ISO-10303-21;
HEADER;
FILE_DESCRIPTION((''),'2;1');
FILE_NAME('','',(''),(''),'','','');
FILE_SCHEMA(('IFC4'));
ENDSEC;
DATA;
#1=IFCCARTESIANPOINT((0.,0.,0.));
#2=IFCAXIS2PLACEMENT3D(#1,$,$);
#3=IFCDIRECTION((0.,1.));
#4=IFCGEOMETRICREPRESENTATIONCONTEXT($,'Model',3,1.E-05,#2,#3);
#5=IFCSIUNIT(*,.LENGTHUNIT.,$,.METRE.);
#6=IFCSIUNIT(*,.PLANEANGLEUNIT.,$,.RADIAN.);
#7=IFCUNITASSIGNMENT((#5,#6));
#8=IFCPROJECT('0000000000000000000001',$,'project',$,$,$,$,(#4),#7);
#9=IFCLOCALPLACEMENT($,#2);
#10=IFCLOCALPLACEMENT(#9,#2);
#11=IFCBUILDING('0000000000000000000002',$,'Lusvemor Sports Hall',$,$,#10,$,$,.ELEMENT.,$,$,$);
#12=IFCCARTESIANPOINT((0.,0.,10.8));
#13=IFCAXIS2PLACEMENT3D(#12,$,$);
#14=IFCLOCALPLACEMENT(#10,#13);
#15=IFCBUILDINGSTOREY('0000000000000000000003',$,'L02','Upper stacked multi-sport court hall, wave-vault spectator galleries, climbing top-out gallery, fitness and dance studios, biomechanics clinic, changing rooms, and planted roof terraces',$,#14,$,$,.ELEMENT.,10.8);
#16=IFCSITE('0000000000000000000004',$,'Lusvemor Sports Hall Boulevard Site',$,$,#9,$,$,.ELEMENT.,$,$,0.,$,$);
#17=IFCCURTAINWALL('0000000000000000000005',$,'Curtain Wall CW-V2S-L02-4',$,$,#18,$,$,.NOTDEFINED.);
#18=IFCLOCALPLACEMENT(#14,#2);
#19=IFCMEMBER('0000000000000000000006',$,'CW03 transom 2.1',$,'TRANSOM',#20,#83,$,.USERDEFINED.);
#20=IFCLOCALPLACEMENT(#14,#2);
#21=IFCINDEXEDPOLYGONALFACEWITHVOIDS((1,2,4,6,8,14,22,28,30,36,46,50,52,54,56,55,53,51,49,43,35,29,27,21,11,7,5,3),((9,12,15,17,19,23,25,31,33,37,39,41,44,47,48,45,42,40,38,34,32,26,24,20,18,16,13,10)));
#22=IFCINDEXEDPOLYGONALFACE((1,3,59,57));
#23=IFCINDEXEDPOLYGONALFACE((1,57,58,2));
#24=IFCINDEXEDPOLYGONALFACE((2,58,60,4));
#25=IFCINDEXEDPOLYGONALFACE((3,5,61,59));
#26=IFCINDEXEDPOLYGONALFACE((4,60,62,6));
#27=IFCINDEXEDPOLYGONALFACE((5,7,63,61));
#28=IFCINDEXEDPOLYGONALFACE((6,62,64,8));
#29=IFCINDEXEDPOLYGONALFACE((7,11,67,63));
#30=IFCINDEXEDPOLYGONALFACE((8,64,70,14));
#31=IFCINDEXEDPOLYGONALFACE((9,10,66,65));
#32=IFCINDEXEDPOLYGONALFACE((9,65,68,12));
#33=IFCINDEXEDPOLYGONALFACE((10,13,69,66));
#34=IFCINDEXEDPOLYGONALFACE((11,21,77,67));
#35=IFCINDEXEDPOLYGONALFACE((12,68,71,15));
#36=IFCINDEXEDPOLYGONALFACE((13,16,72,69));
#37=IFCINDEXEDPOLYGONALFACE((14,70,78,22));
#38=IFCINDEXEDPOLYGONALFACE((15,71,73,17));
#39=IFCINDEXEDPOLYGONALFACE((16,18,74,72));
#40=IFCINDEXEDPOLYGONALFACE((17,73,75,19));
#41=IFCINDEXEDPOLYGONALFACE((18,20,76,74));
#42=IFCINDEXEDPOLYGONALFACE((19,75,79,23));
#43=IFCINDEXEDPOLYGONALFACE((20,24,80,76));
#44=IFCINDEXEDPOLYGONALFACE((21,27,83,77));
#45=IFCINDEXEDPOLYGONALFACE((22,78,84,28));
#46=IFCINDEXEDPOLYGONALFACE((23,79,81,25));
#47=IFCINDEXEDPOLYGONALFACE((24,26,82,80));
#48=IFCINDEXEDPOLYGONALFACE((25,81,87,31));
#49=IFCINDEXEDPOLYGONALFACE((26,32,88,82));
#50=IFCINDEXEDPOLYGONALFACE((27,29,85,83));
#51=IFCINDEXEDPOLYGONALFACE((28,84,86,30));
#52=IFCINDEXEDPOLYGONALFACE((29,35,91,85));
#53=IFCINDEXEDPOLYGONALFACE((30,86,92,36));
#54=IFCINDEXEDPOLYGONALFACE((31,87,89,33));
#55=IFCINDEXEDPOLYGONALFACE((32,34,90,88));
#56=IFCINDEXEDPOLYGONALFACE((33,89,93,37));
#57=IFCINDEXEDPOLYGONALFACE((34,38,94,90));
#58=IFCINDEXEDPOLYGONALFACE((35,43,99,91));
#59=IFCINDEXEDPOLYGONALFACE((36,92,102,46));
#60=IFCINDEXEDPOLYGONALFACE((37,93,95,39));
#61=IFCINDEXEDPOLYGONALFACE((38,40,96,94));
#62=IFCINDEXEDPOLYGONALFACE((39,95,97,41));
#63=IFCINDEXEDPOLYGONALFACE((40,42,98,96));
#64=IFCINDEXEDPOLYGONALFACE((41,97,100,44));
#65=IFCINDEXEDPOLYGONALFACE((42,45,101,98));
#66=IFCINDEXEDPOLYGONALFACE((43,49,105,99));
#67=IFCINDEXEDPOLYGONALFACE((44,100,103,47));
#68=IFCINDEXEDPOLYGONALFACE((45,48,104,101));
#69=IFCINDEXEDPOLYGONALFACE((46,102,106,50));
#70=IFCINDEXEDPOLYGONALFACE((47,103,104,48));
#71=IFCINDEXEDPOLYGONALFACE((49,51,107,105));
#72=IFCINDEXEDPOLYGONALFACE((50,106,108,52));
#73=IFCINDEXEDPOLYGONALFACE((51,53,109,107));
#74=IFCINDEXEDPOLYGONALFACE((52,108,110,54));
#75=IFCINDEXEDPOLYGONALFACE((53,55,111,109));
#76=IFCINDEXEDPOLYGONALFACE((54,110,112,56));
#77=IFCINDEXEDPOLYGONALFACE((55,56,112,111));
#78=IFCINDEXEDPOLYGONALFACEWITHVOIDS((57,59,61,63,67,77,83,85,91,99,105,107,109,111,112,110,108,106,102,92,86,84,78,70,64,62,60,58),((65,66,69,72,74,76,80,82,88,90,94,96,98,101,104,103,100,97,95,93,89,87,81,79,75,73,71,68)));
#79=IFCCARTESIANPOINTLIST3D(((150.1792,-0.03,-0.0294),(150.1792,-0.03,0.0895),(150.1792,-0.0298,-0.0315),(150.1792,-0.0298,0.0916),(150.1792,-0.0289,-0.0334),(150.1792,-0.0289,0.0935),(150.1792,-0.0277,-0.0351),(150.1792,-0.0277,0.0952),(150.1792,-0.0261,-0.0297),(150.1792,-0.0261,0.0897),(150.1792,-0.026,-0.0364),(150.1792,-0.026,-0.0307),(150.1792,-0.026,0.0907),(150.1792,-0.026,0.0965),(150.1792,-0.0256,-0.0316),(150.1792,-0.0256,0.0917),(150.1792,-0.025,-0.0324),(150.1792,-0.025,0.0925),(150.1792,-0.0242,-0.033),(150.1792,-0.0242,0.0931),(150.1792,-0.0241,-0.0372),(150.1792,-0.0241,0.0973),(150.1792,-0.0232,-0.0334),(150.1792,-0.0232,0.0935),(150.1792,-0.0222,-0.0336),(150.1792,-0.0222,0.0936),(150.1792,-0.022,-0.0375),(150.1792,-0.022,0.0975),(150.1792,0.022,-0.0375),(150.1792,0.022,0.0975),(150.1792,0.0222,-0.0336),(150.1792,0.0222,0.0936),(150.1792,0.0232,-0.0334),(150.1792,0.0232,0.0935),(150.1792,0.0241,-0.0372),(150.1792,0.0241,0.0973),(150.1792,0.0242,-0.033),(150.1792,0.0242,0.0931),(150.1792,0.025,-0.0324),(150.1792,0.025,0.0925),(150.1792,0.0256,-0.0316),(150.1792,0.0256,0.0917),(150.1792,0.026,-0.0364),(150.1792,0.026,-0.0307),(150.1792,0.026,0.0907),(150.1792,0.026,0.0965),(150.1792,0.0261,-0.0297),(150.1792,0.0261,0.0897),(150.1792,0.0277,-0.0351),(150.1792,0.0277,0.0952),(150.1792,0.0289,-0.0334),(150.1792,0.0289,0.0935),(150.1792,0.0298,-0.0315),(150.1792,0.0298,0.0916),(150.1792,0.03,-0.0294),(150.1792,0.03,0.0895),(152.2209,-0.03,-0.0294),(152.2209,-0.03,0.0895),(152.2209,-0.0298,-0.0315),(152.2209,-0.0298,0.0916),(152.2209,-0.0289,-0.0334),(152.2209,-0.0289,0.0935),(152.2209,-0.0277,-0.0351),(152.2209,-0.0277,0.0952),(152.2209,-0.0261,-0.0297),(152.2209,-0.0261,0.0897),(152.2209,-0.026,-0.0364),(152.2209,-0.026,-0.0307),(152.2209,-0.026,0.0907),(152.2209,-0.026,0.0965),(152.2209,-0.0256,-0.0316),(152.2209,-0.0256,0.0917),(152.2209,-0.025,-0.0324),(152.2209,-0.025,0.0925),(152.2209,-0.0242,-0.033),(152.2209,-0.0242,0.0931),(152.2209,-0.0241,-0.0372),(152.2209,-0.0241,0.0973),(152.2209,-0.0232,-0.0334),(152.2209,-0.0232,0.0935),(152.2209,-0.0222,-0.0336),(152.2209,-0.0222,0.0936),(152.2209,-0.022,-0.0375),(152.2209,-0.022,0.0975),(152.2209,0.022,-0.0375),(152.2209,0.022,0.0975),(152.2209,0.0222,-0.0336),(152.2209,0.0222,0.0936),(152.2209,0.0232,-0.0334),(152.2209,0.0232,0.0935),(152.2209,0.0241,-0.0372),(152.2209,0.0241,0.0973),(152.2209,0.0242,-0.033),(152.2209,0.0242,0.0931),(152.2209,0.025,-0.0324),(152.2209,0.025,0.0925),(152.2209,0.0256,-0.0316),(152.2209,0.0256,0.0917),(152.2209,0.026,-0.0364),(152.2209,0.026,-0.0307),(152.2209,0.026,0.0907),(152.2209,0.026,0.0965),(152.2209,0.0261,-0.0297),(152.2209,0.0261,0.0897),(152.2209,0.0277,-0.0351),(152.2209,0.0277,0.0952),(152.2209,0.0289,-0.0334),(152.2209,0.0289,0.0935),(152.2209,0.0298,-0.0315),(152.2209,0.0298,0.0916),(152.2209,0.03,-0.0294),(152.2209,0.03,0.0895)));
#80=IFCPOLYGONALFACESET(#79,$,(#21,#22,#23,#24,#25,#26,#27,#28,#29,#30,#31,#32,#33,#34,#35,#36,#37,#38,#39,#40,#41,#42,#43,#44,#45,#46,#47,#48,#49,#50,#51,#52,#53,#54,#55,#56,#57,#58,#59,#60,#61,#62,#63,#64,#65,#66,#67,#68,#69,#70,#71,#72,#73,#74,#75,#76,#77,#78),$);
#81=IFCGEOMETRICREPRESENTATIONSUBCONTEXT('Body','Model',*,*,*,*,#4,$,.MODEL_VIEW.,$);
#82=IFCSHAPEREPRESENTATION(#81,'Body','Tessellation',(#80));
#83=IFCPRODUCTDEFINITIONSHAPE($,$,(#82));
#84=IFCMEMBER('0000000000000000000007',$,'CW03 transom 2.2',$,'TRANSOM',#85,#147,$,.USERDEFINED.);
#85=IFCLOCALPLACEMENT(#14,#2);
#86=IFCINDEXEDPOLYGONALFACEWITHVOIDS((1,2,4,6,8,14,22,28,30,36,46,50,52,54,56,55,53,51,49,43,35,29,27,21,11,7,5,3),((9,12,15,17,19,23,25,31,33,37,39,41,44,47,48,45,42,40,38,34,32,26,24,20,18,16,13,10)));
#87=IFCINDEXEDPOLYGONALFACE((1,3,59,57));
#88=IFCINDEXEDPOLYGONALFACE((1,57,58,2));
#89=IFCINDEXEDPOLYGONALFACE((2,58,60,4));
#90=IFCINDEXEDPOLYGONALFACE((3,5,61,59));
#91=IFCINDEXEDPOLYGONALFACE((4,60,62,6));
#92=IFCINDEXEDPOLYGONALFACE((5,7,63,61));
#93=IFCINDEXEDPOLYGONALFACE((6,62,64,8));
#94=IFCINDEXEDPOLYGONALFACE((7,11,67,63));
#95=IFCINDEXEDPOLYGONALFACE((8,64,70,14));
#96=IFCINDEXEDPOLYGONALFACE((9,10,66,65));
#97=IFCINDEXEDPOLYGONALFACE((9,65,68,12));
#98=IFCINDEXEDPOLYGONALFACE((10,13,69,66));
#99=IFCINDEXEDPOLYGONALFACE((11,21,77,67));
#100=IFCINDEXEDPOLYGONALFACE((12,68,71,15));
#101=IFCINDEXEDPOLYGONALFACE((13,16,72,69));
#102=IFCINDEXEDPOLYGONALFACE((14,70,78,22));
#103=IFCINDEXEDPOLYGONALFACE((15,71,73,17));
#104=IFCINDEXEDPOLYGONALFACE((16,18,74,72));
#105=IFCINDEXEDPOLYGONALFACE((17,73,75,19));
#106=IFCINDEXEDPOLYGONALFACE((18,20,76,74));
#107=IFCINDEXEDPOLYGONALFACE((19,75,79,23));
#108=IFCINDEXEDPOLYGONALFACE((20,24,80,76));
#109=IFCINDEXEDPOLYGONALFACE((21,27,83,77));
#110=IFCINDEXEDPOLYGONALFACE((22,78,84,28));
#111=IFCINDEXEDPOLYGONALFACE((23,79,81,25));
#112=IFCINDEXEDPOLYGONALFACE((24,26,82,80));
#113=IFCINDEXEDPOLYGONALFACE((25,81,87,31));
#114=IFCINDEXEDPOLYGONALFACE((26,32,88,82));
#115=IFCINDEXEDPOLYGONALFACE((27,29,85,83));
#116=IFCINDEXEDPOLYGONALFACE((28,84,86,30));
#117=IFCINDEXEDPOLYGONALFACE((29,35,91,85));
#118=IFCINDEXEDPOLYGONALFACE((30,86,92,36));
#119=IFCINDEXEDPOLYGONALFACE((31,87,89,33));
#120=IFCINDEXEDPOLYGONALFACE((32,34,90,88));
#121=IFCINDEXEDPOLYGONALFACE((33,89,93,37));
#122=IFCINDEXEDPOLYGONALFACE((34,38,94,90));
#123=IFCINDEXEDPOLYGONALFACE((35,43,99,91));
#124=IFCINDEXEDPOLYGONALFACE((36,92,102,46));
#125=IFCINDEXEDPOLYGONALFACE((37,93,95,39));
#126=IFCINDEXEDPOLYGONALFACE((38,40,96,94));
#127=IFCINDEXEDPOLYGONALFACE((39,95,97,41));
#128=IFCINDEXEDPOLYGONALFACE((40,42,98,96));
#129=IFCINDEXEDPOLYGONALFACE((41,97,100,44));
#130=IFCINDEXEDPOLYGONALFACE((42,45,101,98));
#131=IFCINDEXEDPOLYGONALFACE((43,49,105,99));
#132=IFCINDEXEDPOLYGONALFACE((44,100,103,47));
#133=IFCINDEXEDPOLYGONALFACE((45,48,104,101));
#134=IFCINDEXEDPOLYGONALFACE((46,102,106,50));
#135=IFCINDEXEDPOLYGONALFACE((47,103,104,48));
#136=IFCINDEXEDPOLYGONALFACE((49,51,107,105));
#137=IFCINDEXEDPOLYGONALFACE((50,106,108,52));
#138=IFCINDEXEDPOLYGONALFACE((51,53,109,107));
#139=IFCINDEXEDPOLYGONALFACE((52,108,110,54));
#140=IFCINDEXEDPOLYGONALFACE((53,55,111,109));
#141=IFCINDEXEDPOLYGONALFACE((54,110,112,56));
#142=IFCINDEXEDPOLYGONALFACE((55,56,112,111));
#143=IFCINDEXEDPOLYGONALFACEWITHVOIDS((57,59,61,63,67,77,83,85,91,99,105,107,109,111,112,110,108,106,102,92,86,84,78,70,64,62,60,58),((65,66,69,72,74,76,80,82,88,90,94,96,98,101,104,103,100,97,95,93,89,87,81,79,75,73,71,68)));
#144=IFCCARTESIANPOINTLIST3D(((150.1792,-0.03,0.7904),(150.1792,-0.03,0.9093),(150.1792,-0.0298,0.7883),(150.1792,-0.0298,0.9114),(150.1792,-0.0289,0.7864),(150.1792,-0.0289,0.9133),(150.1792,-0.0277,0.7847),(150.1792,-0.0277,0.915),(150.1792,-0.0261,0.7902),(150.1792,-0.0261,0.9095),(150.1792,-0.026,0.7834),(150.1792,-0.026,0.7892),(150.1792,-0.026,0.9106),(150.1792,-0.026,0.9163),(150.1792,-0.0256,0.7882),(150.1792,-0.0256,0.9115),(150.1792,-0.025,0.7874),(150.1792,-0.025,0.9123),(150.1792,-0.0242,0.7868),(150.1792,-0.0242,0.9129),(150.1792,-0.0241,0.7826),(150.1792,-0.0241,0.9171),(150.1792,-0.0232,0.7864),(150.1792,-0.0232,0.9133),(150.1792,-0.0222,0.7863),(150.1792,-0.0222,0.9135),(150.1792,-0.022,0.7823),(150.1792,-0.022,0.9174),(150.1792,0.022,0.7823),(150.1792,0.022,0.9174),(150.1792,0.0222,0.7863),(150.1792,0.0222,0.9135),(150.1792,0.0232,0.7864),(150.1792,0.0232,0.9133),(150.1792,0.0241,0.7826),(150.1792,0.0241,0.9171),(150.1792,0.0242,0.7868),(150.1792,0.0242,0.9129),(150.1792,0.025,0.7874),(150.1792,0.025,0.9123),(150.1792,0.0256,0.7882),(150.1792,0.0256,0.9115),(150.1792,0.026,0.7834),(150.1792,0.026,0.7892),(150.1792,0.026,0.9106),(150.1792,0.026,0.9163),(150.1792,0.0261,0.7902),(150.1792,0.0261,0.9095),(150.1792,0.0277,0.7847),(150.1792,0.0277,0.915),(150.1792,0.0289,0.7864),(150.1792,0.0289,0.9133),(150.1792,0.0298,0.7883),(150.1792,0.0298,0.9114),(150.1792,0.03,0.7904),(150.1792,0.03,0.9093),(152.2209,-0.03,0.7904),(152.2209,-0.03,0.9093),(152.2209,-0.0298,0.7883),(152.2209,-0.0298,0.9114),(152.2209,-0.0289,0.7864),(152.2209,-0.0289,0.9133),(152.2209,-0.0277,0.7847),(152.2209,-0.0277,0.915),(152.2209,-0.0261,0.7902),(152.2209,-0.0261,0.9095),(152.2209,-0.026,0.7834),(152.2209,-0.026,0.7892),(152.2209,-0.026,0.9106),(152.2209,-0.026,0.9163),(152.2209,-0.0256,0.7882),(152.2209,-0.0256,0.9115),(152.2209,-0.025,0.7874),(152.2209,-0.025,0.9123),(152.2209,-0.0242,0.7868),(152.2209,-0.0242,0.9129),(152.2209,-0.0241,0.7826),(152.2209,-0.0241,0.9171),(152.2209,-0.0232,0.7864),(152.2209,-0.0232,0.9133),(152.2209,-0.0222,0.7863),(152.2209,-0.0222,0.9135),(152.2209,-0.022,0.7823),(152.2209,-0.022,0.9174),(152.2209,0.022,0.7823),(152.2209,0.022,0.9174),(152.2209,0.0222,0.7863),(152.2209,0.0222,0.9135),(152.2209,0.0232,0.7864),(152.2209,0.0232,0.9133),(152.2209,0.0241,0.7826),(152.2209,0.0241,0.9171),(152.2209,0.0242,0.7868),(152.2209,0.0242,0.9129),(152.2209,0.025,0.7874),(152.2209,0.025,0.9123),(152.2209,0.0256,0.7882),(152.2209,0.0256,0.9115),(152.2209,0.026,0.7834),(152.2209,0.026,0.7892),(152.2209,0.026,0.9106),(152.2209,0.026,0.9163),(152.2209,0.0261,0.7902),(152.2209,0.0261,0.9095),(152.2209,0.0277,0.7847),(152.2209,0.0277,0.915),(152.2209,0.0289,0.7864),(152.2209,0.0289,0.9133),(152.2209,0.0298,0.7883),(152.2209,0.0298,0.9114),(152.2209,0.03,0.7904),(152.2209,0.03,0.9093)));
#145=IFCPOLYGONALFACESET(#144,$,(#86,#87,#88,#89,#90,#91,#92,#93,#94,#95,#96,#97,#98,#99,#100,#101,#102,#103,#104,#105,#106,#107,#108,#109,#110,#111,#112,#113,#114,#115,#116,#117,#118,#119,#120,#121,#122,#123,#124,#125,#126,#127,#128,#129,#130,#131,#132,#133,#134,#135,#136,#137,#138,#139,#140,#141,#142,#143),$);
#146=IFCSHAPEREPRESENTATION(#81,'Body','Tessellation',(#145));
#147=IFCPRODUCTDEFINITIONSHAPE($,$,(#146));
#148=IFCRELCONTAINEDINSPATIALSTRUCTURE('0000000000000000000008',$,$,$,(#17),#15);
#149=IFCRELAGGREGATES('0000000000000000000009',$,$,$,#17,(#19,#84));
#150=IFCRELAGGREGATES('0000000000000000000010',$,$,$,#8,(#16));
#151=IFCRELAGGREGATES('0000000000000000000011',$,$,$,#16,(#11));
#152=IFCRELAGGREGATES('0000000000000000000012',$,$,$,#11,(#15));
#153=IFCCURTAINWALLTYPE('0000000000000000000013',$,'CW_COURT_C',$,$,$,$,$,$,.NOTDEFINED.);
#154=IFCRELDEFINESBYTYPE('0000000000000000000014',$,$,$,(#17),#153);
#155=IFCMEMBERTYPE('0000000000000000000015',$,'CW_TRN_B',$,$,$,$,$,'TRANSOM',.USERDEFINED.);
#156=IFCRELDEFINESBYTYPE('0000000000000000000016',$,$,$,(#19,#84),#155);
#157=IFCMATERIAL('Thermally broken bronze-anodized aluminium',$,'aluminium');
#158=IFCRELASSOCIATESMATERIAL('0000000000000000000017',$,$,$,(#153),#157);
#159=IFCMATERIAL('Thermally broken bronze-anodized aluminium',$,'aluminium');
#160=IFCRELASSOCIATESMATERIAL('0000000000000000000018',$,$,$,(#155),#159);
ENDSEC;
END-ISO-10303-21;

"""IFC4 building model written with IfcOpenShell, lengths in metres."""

from ifc_helpers import new_model, si_unit, direction, frame, origin, origin_2d, place, context, subcontext, project, spatial, hollow_rectangle, extrude, material, material_profile, profile_set, type_object, element, aggregate, save


model = new_model("IFC4")

# Units and contexts
model_context = context("Model", 3, precision=1e-05, world=origin(), true_north=direction((0.0, 1.0)))
body_context = subcontext(model_context, "Body", "Model", "MODEL_VIEW")
ifc_project = project(units=[si_unit("LENGTHUNIT", "METRE"), si_unit("PLANEANGLEUNIT", "RADIAN")], contexts=[model_context])

# Site, building, storey
site_placement = place(None, origin())
site = spatial("IfcSite", under=ifc_project, at=site_placement, Name="Lusvemor Sports Hall Boulevard Site", CompositionType="ELEMENT", RefElevation=0.0)
building_placement = place(site_placement, origin())
building = spatial("IfcBuilding", under=site, at=building_placement, Name="Lusvemor Sports Hall", CompositionType="ELEMENT")
storey_placement = place(building_placement, frame((0.0, 0.0, 10.8)))
storey = spatial("IfcBuildingStorey", under=building, at=storey_placement, Name="L02", Description="Upper stacked multi-sport court hall, wave-vault spectator galleries, climbing top-out gallery, fitness and dance studios, biomechanics clinic, changing rooms, and planted roof terraces", CompositionType="ELEMENT", Elevation=10.8)

# Shared definitions
ifc_material_1 = material(Name="Thermally broken bronze-anodized aluminium", Category="aluminium")
curtain_wall_type = type_object("IfcCurtainWallType", Name="CW_COURT_C", PredefinedType="NOTDEFINED", material=ifc_material_1)

# Curtain wall, members
curtain_wall_1_placement = place(storey_placement, origin())
curtain_wall_1 = element("IfcCurtainWall", 1, at=curtain_wall_1_placement, inside=storey, type_object=curtain_wall_type, Name="Curtain Wall CW-V2S-L02-4", PredefinedType="NOTDEFINED")
ifc_material_2 = material(Name="Thermally broken bronze-anodized aluminium", Category="aluminium")
ifc_material_profile_1 = material_profile(ifc_material_2, hollow_rectangle(XDim=0.0601, YDim=0.135, WallThickness=0.0039, InnerFilletRadius=0.0039, OuterFilletRadius=0.0081, at=origin_2d()), Name="CWTRN135x60x4")
ifc_profile_set_1 = profile_set([ifc_material_profile_1], Name="Thermally broken bronze-anodized aluminium")
member_type_1 = type_object("IfcMemberType", Name="CW_TRN_B", ElementType="TRANSOM", PredefinedType="USERDEFINED", material=ifc_profile_set_1)
member_1_placement = place(storey_placement, frame((152.2209, 0.0, 0.03), z_axis=(-1.0, 0.0, 0.0), x_axis=(0.0, -1.0, 0.0)))
member_1 = element("IfcMember", 2, at=member_1_placement, type_object=member_type_1, Name="CW03 transom 2.1", ObjectType="TRANSOM", PredefinedType="USERDEFINED", context=body_context, shape_type="SweptSolid", body=[
    extrude(hollow_rectangle(XDim=0.0601, YDim=0.135, WallThickness=0.0039, InnerFilletRadius=0.0039, OuterFilletRadius=0.0081, at=origin_2d()), origin(), (0.0, 0.0, 1.0), 2.0417),
])
member_2_placement = place(storey_placement, frame((152.2209, 0.0, 0.8499), z_axis=(-1.0, 0.0, 0.0), x_axis=(0.0, -1.0, 0.0)))
member_2 = element("IfcMember", 3, at=member_2_placement, type_object=member_type_1, Name="CW03 transom 2.2", ObjectType="TRANSOM", PredefinedType="USERDEFINED", context=body_context, shape_type="SweptSolid", body=[
    extrude(hollow_rectangle(XDim=0.0601, YDim=0.135, WallThickness=0.0039, InnerFilletRadius=0.0039, OuterFilletRadius=0.0081, at=origin_2d()), origin(), (0.0, 0.0, 1.0), 2.0417),
])

aggregate(curtain_wall_1, [member_1, member_2])

save(model, "model.ifc")
